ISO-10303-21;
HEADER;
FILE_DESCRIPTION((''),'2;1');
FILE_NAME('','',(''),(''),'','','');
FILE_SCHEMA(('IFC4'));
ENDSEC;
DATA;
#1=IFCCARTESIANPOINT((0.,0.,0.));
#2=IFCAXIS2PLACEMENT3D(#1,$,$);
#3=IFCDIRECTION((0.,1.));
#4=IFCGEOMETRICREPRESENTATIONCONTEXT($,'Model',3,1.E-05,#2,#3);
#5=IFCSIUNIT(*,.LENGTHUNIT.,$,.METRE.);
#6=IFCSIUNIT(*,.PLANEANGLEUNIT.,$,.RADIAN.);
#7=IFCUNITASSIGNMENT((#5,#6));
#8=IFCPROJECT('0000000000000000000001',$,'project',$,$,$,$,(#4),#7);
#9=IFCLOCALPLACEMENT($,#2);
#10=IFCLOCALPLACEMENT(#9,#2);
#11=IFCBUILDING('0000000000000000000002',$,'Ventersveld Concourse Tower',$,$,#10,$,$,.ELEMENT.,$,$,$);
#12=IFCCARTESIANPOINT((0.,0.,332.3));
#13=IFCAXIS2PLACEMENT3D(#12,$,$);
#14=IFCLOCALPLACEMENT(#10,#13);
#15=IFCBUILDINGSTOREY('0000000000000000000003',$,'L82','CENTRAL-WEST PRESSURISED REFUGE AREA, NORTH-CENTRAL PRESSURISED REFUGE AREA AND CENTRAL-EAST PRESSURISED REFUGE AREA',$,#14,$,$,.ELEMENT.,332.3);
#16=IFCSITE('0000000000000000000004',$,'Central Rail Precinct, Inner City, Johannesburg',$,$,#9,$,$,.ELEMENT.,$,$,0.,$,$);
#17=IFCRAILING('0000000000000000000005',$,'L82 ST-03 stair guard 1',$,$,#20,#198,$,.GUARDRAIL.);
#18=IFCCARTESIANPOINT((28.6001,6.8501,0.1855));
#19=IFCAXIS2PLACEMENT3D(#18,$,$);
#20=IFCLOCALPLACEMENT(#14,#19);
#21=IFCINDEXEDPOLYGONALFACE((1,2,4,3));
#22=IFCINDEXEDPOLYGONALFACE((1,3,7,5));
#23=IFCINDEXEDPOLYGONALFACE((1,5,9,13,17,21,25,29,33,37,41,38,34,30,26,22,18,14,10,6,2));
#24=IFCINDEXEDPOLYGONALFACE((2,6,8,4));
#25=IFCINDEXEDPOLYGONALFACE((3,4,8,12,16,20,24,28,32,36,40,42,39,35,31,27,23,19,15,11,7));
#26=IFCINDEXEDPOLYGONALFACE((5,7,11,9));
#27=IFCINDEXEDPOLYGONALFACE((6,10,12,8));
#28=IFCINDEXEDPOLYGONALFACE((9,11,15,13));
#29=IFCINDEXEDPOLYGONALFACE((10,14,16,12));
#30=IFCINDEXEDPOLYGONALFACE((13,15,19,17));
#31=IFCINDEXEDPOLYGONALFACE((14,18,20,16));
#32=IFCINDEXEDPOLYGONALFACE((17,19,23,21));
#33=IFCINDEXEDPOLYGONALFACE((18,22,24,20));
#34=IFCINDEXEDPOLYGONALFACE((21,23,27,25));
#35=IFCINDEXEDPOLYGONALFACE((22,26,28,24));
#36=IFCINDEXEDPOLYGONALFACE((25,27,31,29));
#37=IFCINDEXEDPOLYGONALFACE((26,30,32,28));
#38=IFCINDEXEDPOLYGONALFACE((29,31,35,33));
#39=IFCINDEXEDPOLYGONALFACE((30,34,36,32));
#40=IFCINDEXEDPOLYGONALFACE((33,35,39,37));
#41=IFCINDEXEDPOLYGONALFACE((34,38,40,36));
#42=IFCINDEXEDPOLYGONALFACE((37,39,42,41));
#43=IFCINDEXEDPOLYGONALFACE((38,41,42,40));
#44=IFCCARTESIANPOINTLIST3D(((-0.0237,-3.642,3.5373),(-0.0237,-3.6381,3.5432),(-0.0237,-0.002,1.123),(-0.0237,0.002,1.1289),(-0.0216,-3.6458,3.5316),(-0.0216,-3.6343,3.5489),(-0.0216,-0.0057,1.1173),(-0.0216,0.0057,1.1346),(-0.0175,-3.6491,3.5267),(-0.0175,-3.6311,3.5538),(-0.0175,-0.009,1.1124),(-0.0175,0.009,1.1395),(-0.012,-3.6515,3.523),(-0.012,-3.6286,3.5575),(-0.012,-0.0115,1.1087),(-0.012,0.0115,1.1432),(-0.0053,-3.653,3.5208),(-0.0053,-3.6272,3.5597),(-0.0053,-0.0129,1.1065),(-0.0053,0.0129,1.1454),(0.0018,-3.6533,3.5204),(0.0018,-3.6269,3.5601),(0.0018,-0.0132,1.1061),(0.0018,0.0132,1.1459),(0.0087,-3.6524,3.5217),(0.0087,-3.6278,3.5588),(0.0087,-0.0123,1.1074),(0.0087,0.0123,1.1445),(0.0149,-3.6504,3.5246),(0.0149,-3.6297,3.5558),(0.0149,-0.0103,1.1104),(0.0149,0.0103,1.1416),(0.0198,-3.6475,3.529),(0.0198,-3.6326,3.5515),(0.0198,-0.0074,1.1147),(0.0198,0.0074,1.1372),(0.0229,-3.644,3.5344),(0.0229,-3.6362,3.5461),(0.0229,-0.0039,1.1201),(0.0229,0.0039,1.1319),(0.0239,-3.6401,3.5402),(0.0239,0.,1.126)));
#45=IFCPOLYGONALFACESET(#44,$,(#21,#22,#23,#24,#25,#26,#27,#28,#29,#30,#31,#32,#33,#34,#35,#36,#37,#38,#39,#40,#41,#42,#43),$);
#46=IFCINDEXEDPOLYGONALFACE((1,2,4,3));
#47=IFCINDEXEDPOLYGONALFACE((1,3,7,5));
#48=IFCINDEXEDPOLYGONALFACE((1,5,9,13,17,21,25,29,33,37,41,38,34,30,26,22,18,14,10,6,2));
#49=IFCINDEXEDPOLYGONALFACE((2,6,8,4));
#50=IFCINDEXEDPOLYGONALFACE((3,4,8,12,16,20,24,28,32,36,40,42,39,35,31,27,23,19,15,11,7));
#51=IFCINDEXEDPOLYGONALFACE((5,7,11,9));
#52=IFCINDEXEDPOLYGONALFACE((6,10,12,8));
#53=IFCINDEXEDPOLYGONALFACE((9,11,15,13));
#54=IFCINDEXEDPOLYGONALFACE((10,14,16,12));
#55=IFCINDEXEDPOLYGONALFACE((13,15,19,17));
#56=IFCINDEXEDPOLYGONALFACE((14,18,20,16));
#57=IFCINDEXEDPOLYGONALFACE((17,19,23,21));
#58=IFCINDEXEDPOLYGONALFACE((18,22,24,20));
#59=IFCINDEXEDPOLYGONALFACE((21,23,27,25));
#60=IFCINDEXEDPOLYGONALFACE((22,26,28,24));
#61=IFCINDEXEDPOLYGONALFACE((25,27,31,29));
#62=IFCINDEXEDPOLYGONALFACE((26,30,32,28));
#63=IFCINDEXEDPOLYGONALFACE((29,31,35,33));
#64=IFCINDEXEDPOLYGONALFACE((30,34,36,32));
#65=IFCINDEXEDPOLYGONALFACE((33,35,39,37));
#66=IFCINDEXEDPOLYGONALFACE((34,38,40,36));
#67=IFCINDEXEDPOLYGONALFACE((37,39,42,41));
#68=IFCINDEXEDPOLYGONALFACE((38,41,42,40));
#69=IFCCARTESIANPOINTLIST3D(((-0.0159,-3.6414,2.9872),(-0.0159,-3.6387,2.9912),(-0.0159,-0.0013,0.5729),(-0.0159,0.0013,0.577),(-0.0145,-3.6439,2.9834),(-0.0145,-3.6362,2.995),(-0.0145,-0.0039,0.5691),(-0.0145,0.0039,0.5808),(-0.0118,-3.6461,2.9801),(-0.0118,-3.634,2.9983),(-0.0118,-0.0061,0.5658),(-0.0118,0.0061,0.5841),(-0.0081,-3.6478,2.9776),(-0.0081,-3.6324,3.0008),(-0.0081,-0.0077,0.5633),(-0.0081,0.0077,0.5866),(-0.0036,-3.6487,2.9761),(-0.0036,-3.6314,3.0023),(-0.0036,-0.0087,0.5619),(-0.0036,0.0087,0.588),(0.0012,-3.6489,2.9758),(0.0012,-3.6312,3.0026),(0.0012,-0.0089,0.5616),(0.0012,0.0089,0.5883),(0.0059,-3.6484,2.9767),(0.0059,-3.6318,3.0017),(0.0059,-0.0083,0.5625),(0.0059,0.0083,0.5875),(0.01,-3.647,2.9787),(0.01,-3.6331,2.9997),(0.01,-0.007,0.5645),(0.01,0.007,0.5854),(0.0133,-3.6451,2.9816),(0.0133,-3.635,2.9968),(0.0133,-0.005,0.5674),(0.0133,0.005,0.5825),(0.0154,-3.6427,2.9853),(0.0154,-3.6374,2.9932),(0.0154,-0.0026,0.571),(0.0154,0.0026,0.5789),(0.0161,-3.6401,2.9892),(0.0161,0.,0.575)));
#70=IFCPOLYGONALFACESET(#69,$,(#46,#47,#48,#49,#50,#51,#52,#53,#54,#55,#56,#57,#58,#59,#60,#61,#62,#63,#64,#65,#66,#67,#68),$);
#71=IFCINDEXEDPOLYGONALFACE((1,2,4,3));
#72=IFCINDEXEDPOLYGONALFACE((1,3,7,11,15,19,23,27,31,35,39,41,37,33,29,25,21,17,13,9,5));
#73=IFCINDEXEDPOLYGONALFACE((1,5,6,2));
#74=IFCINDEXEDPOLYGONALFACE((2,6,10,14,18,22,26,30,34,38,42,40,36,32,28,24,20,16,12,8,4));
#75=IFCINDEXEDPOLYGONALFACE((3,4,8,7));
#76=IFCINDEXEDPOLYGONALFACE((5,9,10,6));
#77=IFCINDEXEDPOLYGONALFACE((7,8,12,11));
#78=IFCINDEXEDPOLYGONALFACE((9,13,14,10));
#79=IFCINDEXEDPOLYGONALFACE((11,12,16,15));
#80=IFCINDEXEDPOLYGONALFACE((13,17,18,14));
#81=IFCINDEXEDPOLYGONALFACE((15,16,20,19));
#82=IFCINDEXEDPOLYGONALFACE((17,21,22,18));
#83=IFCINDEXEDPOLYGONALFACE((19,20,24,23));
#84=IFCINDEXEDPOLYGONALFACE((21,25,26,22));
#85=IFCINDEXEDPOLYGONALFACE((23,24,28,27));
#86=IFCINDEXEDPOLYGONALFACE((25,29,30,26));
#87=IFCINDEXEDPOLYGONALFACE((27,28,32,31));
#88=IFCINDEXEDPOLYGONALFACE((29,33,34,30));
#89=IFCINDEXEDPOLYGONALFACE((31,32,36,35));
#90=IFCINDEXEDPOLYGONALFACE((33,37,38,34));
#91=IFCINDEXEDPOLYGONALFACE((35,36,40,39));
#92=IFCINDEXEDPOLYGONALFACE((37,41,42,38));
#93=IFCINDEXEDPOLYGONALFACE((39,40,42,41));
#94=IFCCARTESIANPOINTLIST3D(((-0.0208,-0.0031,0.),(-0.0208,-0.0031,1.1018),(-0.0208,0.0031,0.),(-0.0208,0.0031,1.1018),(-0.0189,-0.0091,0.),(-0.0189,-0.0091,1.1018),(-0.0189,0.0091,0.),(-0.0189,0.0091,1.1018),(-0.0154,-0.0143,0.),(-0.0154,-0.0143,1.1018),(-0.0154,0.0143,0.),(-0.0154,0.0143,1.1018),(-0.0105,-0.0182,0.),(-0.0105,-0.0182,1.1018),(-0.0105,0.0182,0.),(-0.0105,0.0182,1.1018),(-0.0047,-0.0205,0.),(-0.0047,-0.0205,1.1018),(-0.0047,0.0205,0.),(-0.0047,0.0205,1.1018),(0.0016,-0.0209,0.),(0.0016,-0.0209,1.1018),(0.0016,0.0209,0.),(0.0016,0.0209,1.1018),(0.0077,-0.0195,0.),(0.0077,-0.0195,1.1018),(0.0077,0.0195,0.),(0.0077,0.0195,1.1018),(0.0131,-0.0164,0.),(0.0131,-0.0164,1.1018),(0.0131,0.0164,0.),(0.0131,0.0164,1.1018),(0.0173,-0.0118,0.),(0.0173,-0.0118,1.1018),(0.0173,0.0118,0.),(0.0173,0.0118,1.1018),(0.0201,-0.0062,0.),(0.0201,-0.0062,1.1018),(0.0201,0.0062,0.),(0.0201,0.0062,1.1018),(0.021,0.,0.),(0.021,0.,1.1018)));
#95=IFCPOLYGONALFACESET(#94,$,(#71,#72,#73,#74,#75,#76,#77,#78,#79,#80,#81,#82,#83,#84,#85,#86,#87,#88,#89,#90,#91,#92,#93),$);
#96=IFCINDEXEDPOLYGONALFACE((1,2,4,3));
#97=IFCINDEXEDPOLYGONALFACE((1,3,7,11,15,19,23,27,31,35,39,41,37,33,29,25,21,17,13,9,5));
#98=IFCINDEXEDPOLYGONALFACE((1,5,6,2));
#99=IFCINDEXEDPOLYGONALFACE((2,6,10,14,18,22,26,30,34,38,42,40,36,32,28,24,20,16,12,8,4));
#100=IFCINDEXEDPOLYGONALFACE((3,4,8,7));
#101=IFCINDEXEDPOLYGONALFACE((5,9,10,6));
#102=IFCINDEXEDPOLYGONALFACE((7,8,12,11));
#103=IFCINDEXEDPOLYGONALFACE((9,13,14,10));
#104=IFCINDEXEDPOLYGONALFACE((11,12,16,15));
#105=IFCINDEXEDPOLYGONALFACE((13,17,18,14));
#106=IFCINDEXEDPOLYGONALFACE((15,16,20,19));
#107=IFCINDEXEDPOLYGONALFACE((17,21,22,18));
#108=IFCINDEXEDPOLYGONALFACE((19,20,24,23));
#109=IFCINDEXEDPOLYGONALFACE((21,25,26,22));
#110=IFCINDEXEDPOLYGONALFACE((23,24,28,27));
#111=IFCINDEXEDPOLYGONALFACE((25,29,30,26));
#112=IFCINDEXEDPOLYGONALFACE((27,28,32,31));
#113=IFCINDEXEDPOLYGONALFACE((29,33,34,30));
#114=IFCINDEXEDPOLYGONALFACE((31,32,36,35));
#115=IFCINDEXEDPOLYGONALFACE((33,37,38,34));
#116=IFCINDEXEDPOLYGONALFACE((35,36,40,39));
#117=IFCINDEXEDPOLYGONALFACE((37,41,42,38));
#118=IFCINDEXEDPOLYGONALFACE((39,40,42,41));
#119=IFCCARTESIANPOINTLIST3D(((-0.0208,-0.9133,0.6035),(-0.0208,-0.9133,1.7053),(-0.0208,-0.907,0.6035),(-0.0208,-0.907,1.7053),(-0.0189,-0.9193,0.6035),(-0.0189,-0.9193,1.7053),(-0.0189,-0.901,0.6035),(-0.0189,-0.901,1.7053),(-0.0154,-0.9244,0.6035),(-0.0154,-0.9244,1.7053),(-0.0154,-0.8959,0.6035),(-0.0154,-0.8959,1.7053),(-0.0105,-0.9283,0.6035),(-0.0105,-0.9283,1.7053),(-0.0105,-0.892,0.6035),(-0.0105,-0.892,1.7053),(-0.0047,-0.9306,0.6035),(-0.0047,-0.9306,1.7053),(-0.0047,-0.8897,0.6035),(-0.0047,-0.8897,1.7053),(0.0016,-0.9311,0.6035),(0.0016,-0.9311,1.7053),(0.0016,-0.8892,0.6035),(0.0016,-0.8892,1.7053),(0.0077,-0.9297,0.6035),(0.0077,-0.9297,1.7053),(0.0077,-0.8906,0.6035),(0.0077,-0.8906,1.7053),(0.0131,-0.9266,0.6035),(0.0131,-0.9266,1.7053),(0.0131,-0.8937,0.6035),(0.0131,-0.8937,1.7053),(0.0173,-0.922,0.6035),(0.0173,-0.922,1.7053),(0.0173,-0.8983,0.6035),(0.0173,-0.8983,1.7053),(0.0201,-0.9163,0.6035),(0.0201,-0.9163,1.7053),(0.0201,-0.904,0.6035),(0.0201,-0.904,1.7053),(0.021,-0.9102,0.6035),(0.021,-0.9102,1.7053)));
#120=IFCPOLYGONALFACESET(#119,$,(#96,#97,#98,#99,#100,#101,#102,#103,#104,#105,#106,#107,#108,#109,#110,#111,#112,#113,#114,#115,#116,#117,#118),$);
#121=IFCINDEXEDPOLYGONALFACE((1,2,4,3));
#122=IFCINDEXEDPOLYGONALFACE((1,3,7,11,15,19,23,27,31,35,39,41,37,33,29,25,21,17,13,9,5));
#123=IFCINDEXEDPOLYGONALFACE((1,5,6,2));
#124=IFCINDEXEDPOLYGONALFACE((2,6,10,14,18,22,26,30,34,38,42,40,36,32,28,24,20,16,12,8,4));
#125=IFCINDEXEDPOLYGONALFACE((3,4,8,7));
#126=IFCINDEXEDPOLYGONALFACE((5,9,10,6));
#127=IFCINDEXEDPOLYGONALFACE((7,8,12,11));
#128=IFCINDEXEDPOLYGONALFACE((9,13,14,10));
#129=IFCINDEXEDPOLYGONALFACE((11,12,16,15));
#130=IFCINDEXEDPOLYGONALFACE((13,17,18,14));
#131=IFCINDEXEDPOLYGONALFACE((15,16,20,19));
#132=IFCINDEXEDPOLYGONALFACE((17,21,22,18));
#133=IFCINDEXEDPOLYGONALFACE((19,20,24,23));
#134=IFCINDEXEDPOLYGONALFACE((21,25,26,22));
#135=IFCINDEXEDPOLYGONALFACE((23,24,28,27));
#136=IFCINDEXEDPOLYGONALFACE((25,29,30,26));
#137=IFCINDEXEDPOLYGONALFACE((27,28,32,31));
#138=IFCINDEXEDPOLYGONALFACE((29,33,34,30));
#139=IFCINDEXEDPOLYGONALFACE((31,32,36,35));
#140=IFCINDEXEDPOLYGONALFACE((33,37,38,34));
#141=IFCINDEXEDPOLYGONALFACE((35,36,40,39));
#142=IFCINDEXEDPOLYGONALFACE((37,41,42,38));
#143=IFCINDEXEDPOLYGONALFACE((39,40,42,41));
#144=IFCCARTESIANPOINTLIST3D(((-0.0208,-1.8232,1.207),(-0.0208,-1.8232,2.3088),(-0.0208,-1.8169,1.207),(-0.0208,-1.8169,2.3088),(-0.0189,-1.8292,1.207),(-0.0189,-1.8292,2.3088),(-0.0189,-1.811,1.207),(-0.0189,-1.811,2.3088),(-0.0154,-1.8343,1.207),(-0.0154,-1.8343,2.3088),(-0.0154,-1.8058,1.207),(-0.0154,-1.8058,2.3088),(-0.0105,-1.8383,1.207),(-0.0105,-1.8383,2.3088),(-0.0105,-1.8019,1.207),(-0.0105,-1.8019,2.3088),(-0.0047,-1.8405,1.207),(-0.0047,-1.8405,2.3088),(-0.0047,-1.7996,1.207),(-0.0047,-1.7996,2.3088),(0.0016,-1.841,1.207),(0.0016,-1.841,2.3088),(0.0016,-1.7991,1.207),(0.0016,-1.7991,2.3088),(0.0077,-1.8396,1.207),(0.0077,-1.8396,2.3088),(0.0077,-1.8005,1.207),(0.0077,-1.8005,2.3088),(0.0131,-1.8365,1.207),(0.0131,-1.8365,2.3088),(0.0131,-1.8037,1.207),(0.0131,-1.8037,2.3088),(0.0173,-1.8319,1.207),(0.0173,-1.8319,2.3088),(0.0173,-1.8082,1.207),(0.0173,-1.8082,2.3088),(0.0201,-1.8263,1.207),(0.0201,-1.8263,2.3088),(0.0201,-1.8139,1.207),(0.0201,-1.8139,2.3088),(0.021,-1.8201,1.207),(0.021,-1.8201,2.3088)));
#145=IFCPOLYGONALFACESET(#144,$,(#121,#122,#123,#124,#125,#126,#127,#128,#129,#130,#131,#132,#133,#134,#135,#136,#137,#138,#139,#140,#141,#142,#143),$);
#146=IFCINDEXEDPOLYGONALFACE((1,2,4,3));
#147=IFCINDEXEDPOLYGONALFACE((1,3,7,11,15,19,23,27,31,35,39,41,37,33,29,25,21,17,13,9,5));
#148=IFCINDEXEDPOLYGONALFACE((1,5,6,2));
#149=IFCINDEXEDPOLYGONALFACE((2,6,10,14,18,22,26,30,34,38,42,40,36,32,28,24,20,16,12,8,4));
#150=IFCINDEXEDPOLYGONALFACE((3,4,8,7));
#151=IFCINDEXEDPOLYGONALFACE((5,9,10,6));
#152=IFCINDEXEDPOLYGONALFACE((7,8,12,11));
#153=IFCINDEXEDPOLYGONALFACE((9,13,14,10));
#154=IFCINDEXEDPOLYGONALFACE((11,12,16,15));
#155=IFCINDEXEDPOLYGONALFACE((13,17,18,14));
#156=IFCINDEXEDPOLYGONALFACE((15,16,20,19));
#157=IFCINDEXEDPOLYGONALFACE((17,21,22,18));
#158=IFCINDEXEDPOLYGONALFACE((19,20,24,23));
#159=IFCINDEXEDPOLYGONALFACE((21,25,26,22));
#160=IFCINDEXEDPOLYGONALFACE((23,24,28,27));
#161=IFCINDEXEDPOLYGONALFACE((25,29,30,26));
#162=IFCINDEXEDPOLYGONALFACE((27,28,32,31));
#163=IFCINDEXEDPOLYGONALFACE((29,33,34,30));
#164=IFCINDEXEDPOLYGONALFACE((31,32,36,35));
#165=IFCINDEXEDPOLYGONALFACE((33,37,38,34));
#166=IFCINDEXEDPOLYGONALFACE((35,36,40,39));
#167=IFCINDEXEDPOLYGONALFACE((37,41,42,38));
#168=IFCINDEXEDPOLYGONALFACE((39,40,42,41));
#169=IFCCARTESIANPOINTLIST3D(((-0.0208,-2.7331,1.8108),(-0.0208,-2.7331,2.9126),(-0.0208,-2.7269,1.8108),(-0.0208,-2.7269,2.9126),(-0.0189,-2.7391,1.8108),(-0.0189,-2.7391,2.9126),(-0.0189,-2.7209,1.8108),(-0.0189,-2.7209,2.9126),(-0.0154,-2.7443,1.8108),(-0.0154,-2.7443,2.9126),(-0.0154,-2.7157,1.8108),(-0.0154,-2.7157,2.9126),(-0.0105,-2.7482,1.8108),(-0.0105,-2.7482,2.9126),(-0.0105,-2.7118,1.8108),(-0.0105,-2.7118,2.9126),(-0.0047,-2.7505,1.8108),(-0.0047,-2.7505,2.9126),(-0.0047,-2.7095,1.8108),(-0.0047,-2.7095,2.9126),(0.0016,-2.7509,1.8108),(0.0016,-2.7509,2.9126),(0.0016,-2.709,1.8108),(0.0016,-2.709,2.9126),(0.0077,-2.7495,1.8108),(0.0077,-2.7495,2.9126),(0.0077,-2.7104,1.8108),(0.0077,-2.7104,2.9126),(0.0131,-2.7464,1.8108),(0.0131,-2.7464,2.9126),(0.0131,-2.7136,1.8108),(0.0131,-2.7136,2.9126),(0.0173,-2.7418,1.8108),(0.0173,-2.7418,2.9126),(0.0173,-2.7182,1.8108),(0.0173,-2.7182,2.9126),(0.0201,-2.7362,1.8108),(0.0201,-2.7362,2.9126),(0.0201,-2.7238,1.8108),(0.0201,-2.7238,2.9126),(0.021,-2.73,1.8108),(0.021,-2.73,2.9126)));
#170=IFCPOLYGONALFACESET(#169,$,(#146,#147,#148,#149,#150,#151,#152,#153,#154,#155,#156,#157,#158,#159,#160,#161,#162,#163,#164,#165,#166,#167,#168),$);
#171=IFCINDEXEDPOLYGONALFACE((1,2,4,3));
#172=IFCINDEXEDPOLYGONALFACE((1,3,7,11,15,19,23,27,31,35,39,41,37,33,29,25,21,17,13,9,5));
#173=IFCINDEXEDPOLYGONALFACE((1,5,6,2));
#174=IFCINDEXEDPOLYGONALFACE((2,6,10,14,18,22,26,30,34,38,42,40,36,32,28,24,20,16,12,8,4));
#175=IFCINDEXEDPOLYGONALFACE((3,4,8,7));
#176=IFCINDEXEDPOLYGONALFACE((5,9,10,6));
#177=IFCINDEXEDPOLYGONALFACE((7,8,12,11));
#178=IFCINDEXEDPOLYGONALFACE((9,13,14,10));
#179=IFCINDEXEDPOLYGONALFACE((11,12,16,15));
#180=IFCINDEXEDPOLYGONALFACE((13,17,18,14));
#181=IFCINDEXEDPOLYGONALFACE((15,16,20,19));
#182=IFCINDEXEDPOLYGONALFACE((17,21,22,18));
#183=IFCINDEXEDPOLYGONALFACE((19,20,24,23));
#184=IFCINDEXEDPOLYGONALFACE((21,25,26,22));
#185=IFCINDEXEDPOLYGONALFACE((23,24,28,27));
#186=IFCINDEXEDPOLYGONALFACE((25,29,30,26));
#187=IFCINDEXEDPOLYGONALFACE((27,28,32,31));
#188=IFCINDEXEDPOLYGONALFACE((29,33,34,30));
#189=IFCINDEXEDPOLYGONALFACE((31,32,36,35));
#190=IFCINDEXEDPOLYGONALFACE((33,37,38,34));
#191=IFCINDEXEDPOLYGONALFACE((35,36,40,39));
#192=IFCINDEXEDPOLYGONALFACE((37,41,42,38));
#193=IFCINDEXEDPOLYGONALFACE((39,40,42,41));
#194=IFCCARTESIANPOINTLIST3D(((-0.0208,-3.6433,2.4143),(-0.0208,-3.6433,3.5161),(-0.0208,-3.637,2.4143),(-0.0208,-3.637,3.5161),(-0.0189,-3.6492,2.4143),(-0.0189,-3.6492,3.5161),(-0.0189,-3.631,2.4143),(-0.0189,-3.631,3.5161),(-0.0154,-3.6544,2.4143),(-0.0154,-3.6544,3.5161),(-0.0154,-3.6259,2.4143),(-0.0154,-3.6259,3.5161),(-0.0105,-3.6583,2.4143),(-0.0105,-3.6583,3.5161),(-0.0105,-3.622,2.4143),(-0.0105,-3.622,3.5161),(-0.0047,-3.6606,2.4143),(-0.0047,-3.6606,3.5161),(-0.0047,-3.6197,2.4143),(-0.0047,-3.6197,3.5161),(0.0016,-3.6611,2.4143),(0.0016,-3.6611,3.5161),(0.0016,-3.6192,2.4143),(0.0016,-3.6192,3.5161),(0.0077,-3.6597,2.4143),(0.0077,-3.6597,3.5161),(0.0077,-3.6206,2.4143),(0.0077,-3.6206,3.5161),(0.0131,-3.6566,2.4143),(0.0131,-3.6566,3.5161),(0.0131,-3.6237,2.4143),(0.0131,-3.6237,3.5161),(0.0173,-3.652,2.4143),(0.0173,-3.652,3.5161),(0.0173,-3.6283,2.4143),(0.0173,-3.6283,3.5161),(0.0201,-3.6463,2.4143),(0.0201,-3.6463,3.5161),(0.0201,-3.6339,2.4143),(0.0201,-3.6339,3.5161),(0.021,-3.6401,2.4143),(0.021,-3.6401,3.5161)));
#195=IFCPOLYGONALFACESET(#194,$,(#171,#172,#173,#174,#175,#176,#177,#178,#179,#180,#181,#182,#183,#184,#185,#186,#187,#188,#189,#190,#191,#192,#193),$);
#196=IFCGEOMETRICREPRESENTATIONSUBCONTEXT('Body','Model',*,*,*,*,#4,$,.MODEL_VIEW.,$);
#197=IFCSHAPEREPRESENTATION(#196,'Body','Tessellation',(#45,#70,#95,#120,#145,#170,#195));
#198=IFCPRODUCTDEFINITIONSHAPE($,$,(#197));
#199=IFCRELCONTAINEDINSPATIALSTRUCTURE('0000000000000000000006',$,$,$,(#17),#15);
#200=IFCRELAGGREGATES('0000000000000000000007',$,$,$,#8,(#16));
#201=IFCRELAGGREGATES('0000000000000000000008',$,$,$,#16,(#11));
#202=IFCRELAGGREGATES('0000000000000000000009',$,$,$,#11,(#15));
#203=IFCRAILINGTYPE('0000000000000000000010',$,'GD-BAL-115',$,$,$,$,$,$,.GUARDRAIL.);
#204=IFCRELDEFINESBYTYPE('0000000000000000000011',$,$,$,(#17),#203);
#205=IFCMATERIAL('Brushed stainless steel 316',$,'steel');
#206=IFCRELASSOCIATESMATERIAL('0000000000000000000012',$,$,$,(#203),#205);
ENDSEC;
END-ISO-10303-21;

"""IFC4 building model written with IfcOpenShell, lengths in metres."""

from ifc_helpers import new_model, si_unit, direction, frame, origin, origin_2d, place, context, subcontext, project, spatial, circle, extrude, material, type_object, element, save


model = new_model("IFC4")

# Units and contexts
model_context = context("Model", 3, precision=1e-05, world=origin(), true_north=direction((0.0, 1.0)))
body_context = subcontext(model_context, "Body", "Model", "MODEL_VIEW")
ifc_project = project(units=[si_unit("LENGTHUNIT", "METRE"), si_unit("PLANEANGLEUNIT", "RADIAN")], contexts=[model_context])

# Site, building, storey
site_placement = place(None, origin())
site = spatial("IfcSite", under=ifc_project, at=site_placement, Name="Central Rail Precinct, Inner City, Johannesburg", CompositionType="ELEMENT", RefElevation=0.0)
building_placement = place(site_placement, origin())
building = spatial("IfcBuilding", under=site, at=building_placement, Name="Ventersveld Concourse Tower", CompositionType="ELEMENT")
storey_placement = place(building_placement, frame((0.0, 0.0, 332.3)))
storey = spatial("IfcBuildingStorey", under=building, at=storey_placement, Name="L82", Description="CENTRAL-WEST PRESSURISED REFUGE AREA, NORTH-CENTRAL PRESSURISED REFUGE AREA AND CENTRAL-EAST PRESSURISED REFUGE AREA", CompositionType="ELEMENT", Elevation=332.3)

# Shared definitions
ifc_material_1 = material(Name="Brushed stainless steel 316", Category="steel")

# Railing
railing_type_1 = type_object("IfcRailingType", Name="GD-BAL-115", PredefinedType="GUARDRAIL", material=ifc_material_1)
railing_1_placement = place(storey_placement, frame((28.6001, 6.8501, 0.1855)))
element("IfcRailing", 1, at=railing_1_placement, inside=storey, type_object=railing_type_1, Name="L82 ST-03 stair guard 1", PredefinedType="GUARDRAIL", context=body_context, shape_type="SweptSolid", body=[
    extrude(circle(Radius=0.0239, at=origin_2d()), frame((0.0, 0.0, 1.126), z_axis=(0.0, -0.833364, 0.552725), x_axis=(1.0, 0.0, 0.0)), (0.0, 0.0, 1.0), 4.3679),
    extrude(circle(Radius=0.0161, at=origin_2d()), frame((0.0, 0.0, 0.575), z_axis=(0.0, -0.833364, 0.552725), x_axis=(1.0, 0.0, 0.0)), (0.0, 0.0, 1.0), 4.3679),
    extrude(circle(Radius=0.021, at=origin_2d()), origin(), (0.0, 0.0, 1.0), 1.1018),
    extrude(circle(Radius=0.021, at=origin_2d()), frame((0.0, -0.9102, 0.6035)), (0.0, 0.0, 1.0), 1.1018),
    extrude(circle(Radius=0.021, at=origin_2d()), frame((0.0, -1.8201, 1.207)), (0.0, 0.0, 1.0), 1.1018),
    extrude(circle(Radius=0.021, at=origin_2d()), frame((0.0, -2.73, 1.8108)), (0.0, 0.0, 1.0), 1.1018),
    extrude(circle(Radius=0.021, at=origin_2d()), frame((0.0, -3.6401, 2.4143)), (0.0, 0.0, 1.0), 1.1018),
])

save(model, "model.ifc")
